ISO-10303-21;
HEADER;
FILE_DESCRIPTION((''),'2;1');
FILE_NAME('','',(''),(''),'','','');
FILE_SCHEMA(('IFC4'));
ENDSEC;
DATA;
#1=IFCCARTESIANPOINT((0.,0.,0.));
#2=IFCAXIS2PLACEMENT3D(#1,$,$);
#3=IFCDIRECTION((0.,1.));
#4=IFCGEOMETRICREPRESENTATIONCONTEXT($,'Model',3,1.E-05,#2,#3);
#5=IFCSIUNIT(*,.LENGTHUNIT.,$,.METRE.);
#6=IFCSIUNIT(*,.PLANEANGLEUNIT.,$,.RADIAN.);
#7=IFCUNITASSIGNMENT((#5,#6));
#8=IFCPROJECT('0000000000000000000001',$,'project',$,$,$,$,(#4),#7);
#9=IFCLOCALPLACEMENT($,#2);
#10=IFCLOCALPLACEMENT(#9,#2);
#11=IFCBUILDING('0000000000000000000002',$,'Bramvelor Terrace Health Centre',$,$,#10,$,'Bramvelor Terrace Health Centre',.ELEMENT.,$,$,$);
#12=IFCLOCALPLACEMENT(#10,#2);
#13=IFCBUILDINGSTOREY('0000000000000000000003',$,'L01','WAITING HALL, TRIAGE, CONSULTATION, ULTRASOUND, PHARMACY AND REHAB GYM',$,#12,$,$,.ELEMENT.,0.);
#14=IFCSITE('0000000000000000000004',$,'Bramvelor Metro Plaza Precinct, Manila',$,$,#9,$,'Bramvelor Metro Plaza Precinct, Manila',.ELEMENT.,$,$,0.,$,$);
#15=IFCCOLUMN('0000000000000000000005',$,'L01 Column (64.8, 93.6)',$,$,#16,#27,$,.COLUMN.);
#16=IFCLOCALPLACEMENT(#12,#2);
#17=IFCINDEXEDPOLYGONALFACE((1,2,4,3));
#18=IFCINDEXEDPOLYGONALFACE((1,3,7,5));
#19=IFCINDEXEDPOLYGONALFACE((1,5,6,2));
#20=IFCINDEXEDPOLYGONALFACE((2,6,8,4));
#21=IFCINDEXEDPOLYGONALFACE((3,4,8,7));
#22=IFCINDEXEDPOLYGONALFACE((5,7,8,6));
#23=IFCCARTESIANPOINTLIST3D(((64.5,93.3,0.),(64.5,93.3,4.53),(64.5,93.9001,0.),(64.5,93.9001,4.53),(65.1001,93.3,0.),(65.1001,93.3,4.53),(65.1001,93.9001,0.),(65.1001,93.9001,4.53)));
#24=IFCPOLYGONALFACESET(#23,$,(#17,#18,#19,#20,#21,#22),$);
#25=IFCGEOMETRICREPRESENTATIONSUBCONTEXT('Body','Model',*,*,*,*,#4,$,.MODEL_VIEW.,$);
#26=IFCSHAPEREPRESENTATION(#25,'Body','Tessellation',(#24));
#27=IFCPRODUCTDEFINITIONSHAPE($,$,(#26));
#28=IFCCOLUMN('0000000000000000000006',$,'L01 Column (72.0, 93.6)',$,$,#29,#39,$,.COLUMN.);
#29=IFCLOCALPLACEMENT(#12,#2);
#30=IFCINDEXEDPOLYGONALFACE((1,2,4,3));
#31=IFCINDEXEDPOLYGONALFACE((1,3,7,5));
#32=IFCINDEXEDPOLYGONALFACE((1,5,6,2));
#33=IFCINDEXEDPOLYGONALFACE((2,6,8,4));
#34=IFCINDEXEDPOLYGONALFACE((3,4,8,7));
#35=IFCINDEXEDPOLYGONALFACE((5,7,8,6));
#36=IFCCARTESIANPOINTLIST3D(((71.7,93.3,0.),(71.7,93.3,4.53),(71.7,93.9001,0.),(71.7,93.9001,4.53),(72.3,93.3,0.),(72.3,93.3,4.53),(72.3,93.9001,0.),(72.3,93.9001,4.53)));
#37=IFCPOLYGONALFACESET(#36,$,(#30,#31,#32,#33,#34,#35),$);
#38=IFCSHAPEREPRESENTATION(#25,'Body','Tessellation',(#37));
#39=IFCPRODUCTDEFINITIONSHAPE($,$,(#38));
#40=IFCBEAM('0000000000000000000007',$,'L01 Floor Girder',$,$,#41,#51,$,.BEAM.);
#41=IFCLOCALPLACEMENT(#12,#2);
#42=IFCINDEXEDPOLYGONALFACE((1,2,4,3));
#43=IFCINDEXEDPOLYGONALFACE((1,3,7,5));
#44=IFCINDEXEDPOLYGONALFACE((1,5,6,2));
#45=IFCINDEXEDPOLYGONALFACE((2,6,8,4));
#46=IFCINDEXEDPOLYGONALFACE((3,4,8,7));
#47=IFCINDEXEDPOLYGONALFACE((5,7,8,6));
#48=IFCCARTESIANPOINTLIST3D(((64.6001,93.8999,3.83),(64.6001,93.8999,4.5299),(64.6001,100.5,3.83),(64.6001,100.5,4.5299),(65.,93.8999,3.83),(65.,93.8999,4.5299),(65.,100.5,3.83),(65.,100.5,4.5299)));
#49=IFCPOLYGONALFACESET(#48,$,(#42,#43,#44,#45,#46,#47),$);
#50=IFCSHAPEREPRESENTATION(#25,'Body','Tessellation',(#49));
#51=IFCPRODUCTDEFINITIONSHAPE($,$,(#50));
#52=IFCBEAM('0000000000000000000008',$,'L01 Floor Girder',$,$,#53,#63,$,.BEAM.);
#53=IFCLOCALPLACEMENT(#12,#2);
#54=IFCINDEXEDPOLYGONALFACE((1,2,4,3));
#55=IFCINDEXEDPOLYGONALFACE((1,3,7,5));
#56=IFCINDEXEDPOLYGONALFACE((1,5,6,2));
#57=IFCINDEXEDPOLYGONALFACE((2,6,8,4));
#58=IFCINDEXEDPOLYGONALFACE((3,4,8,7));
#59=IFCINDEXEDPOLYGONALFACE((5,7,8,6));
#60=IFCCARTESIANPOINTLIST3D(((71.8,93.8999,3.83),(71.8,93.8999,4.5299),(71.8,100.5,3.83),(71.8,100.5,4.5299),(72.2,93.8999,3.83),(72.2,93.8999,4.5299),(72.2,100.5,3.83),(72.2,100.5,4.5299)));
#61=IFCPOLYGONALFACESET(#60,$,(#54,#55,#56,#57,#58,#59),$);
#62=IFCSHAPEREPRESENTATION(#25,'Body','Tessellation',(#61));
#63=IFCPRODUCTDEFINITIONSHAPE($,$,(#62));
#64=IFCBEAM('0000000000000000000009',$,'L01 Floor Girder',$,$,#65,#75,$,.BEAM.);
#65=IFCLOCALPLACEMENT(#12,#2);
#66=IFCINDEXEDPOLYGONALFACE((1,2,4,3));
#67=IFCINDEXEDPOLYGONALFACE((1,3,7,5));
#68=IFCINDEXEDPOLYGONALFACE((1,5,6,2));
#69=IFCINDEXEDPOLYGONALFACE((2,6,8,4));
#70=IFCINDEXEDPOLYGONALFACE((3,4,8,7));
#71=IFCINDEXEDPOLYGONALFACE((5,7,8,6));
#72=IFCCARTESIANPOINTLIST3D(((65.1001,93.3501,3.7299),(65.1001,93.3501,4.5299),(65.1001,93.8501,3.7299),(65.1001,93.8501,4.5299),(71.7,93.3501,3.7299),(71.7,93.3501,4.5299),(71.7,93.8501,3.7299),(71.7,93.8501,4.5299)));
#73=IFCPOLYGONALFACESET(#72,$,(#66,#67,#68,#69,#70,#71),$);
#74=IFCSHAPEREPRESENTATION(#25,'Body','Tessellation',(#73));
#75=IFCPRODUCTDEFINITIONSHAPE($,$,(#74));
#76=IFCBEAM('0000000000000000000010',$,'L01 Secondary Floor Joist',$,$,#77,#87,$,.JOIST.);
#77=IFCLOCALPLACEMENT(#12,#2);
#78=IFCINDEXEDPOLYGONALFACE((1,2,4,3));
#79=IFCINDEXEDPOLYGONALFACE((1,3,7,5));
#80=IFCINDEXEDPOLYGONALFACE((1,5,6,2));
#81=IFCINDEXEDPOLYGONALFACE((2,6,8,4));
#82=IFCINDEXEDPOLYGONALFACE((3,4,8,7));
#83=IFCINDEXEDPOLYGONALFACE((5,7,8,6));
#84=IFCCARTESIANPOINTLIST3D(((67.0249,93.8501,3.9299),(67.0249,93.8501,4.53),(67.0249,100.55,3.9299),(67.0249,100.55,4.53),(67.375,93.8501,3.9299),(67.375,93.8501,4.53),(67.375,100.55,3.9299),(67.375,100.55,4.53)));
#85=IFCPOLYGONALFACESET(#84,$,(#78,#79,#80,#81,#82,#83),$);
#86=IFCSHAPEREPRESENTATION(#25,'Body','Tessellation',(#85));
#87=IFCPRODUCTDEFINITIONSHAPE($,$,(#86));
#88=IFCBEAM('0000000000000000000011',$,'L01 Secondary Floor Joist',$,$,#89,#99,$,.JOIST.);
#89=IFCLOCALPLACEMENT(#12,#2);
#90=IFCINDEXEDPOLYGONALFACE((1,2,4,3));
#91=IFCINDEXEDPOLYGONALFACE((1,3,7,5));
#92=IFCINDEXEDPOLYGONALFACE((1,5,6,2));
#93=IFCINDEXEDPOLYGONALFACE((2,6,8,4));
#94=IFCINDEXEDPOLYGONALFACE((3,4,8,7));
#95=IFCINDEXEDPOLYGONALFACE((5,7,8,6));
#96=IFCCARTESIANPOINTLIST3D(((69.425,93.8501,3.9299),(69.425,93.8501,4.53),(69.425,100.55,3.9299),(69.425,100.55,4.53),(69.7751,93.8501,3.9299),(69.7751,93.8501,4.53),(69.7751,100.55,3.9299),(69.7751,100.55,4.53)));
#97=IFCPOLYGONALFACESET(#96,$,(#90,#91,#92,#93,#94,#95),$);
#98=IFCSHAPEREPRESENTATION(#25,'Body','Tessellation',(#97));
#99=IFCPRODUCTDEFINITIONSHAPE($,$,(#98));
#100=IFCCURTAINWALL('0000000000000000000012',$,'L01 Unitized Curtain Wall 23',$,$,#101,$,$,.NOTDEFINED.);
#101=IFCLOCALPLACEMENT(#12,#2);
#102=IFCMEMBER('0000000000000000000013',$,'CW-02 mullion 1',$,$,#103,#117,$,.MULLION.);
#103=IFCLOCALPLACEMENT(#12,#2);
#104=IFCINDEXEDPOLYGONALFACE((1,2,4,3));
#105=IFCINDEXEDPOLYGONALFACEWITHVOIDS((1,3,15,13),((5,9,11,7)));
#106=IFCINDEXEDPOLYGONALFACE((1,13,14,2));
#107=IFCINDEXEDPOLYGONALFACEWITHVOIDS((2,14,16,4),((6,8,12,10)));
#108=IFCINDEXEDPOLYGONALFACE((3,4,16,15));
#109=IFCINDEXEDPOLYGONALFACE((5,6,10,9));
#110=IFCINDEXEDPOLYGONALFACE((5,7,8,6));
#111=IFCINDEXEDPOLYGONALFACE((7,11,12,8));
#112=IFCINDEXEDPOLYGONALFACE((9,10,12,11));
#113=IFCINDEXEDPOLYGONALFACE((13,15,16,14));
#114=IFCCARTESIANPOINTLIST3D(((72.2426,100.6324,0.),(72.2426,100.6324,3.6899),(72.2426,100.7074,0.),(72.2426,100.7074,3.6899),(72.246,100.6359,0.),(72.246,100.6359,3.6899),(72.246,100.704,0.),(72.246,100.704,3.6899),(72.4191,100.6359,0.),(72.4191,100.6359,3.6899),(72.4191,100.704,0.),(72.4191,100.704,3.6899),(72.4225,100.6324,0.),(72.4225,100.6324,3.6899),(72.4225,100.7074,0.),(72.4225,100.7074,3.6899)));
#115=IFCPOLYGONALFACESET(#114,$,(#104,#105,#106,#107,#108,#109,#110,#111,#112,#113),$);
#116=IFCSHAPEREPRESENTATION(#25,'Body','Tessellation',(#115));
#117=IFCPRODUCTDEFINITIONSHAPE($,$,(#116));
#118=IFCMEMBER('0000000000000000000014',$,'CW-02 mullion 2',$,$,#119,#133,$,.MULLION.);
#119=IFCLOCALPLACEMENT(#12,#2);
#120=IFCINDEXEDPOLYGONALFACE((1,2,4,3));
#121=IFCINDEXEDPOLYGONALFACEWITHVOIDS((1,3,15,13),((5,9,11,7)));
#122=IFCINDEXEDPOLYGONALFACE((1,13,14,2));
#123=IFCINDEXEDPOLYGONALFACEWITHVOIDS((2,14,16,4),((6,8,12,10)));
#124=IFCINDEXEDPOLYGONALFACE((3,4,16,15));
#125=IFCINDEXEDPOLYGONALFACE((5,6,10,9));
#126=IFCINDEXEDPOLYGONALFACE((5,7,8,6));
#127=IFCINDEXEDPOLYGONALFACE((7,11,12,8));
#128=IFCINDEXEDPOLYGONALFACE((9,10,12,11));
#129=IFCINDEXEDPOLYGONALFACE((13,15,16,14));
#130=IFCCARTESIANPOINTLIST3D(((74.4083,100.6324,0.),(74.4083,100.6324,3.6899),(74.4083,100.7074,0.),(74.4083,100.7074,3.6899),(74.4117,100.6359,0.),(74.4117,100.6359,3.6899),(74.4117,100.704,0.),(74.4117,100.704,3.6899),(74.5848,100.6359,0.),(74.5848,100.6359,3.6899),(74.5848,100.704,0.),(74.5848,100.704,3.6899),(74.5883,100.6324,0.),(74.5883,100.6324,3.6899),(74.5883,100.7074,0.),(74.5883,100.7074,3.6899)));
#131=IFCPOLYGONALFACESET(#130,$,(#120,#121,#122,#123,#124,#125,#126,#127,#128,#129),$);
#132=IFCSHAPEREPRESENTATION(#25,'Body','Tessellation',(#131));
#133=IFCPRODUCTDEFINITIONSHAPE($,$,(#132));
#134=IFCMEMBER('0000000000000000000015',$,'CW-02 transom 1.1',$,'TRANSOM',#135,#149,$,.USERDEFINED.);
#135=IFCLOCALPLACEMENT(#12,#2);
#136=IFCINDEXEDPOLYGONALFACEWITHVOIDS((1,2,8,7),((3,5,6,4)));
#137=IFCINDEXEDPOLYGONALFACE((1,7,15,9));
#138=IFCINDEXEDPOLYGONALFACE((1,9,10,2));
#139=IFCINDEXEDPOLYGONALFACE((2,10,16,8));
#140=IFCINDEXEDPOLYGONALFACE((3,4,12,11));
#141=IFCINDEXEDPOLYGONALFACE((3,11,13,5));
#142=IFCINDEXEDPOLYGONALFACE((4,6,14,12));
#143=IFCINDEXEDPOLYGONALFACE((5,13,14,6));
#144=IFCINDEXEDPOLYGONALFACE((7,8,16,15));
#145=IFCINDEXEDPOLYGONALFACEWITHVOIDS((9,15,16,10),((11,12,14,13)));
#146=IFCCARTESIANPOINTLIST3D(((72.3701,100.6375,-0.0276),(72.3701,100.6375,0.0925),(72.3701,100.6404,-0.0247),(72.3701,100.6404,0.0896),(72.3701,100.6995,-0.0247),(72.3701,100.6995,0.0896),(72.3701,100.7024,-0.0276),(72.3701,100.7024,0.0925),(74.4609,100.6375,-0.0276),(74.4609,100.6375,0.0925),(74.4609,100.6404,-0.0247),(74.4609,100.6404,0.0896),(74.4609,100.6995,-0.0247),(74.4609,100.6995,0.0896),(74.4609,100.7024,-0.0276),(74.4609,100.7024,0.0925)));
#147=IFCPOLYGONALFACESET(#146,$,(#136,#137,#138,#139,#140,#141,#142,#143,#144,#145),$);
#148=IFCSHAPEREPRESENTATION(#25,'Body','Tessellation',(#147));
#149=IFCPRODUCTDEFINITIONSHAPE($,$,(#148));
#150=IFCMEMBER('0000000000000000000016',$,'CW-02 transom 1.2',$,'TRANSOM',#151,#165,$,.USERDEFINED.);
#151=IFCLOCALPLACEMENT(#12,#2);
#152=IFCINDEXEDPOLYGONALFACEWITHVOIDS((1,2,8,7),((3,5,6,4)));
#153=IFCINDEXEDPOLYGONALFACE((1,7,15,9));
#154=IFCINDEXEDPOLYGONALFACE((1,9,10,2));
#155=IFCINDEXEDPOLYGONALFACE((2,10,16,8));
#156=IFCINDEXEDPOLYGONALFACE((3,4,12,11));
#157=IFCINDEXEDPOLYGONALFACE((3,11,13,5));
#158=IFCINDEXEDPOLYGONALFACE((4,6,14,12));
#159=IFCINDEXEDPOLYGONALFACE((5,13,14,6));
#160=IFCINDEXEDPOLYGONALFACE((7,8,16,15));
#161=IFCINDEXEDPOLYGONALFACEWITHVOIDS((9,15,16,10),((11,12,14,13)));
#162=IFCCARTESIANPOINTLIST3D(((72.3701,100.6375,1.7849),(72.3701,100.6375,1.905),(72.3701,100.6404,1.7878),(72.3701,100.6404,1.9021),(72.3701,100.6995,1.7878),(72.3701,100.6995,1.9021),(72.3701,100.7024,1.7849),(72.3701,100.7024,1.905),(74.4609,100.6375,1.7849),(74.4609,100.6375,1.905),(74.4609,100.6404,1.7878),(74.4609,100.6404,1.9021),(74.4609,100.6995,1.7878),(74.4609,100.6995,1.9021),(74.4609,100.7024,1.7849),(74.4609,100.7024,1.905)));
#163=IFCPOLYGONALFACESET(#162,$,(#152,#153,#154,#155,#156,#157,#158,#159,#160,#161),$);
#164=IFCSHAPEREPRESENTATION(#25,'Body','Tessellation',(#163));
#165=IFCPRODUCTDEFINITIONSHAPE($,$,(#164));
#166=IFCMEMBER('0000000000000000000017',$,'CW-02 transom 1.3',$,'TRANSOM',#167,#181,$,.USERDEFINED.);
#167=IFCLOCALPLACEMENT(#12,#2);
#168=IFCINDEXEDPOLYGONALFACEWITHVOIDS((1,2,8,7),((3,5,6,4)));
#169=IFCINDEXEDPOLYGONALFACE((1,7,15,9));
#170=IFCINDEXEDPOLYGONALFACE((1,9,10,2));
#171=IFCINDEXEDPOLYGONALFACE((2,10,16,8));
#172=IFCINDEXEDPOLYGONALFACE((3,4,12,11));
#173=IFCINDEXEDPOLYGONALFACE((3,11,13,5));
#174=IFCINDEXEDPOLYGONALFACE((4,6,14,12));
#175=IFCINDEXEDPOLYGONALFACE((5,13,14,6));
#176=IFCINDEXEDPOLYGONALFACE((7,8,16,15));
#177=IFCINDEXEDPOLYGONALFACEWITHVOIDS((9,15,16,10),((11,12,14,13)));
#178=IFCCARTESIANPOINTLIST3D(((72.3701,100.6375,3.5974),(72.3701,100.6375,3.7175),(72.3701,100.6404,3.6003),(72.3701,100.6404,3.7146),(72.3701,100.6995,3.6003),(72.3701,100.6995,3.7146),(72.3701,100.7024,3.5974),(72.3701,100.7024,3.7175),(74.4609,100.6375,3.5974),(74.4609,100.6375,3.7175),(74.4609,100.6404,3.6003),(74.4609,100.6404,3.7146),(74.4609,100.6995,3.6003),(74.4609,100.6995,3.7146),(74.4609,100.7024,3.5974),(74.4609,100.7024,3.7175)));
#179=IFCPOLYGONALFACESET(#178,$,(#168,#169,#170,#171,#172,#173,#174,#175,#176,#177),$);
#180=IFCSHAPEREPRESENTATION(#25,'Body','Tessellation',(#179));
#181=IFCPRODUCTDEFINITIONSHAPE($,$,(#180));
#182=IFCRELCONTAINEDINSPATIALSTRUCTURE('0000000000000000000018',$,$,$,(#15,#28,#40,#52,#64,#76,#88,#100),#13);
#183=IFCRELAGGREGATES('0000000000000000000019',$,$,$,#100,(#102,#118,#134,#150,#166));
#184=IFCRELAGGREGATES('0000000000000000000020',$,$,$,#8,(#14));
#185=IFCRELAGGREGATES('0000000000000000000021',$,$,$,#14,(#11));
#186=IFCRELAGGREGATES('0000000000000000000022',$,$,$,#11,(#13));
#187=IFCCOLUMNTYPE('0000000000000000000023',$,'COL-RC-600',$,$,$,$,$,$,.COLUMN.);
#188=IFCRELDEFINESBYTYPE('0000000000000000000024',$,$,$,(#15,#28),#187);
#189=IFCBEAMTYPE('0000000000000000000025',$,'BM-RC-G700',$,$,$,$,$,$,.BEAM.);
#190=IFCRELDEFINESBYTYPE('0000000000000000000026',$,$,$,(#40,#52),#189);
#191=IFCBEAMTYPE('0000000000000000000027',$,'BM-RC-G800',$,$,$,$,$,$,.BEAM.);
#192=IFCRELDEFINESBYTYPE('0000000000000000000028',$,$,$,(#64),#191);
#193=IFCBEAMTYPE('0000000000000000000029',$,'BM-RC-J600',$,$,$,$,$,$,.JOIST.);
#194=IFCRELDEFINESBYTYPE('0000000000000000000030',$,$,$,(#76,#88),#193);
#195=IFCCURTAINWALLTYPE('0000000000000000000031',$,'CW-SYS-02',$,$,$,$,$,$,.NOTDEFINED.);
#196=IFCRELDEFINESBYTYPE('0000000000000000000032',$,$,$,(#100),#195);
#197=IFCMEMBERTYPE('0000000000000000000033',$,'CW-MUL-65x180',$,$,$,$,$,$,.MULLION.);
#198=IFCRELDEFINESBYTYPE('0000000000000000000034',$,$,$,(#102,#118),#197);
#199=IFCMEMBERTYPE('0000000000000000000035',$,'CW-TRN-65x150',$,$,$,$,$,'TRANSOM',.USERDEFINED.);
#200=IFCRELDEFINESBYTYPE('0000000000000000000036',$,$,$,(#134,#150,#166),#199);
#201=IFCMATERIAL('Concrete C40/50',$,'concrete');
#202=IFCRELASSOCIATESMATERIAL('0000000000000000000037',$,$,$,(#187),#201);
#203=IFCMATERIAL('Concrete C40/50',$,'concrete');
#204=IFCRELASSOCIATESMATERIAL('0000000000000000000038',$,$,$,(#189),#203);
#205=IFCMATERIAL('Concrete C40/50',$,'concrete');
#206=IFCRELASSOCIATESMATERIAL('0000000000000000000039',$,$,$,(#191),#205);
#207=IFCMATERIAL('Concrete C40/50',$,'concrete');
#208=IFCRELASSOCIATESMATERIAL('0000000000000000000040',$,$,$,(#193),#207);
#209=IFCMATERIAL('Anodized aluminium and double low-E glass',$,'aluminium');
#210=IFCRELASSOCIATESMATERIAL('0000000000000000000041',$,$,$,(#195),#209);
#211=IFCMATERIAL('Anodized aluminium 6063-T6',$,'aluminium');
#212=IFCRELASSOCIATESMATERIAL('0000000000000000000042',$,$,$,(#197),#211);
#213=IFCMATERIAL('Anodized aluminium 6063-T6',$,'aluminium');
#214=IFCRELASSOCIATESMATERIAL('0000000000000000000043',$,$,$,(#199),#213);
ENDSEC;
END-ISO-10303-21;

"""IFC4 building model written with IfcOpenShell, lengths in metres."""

from ifc_helpers import new_model, si_unit, direction, frame, origin, origin_2d, place, context, subcontext, project, spatial, rectangle, hollow_rectangle, extrude, material, material_profile, profile_set, type_object, element, aggregate, save


model = new_model("IFC4")

# Units and contexts
model_context = context("Model", 3, precision=1e-05, world=origin(), true_north=direction((0.0, 1.0)))
body_context = subcontext(model_context, "Body", "Model", "MODEL_VIEW")
ifc_project = project(units=[si_unit("LENGTHUNIT", "METRE"), si_unit("PLANEANGLEUNIT", "RADIAN")], contexts=[model_context])

# Site, building, storey
site_placement = place(None, origin())
site = spatial("IfcSite", under=ifc_project, at=site_placement, Name="Bramvelor Metro Plaza Precinct, Manila", LongName="Bramvelor Metro Plaza Precinct, Manila", CompositionType="ELEMENT", RefElevation=0.0)
building_placement = place(site_placement, origin())
building = spatial("IfcBuilding", under=site, at=building_placement, Name="Bramvelor Terrace Health Centre", LongName="Bramvelor Terrace Health Centre", CompositionType="ELEMENT")
storey_placement = place(building_placement, origin())
storey = spatial("IfcBuildingStorey", under=building, at=storey_placement, Name="L01", Description="WAITING HALL, TRIAGE, CONSULTATION, ULTRASOUND, PHARMACY AND REHAB GYM", CompositionType="ELEMENT", Elevation=0.0)

# Columns
ifc_material_1 = material(Name="Concrete C40/50", Category="concrete")
ifc_material_profile_1 = material_profile(ifc_material_1, rectangle(XDim=0.6001, YDim=0.6001, at=origin_2d()), Name="RC 600x600")
ifc_profile_set_1 = profile_set([ifc_material_profile_1], Name="Concrete C40/50")
column_type = type_object("IfcColumnType", Name="COL-RC-600", PredefinedType="COLUMN", material=ifc_profile_set_1)
for number, where, z_axis, x_axis, name in (
    (1, (64.8, 93.6001, 0.0), (0.0, 0.0, 1.0), (1.0, 0.0, 0.0), "L01 Column (64.8, 93.6)"),
    (2, (72.0, 93.6001, 0.0), (0.0, 0.0, 1.0), (1.0, 0.0, 0.0), "L01 Column (72.0, 93.6)"),
):
    element("IfcColumn", number, at=place(storey_placement, frame(where, z_axis=z_axis, x_axis=x_axis)), inside=storey, type_object=column_type, Name=name, PredefinedType="COLUMN", context=body_context, shape_type="SweptSolid", body=[
        extrude(rectangle(XDim=0.6001, YDim=0.6001, at=origin_2d()), origin(), (0.0, 0.0, 1.0), 4.53),
    ])

# Beams
ifc_material_2 = material(Name="Concrete C40/50", Category="concrete")
ifc_material_profile_2 = material_profile(ifc_material_2, rectangle(XDim=0.3999, YDim=0.7, at=origin_2d()), Name="RC 400x700")
ifc_profile_set_2 = profile_set([ifc_material_profile_2], Name="Concrete C40/50")
beam_type_1 = type_object("IfcBeamType", Name="BM-RC-G700", PredefinedType="BEAM", material=ifc_profile_set_2)
for number, where, z_axis, x_axis, name in (
    (3, (64.8, 93.8999, 4.1799), (0.0, 1.0, 0.0), (-1.0, 0.0, 0.0), "L01 Floor Girder"),
    (4, (72.0, 93.8999, 4.1799), (0.0, 1.0, 0.0), (-1.0, 0.0, 0.0), "L01 Floor Girder"),
):
    element("IfcBeam", number, at=place(storey_placement, frame(where, z_axis=z_axis, x_axis=x_axis)), inside=storey, type_object=beam_type_1, Name=name, PredefinedType="BEAM", context=body_context, shape_type="SweptSolid", body=[
        extrude(rectangle(XDim=0.3999, YDim=0.7, at=origin_2d()), origin(), (0.0, 0.0, 1.0), 6.6001),
    ])
ifc_material_3 = material(Name="Concrete C40/50", Category="concrete")
ifc_material_profile_3 = material_profile(ifc_material_3, rectangle(XDim=0.5, YDim=0.8, at=origin_2d()), Name="RC 500x800")
ifc_profile_set_3 = profile_set([ifc_material_profile_3], Name="Concrete C40/50")
beam_type_2 = type_object("IfcBeamType", Name="BM-RC-G800", PredefinedType="BEAM", material=ifc_profile_set_3)
beam_placement = place(storey_placement, frame((65.1001, 93.6001, 4.1299), z_axis=(1.0, 0.0, 0.0), x_axis=(0.0, 1.0, 0.0)))
element("IfcBeam", 5, at=beam_placement, inside=storey, type_object=beam_type_2, Name="L01 Floor Girder", PredefinedType="BEAM", context=body_context, shape_type="SweptSolid", body=[
    extrude(rectangle(XDim=0.5, YDim=0.8, at=origin_2d()), origin(), (0.0, 0.0, 1.0), 6.5999),
])
ifc_material_4 = material(Name="Concrete C40/50", Category="concrete")
ifc_material_profile_4 = material_profile(ifc_material_4, rectangle(XDim=0.3501, YDim=0.6001, at=origin_2d()), Name="RC 350x600")
ifc_profile_set_4 = profile_set([ifc_material_profile_4], Name="Concrete C40/50")
beam_type_3 = type_object("IfcBeamType", Name="BM-RC-J600", PredefinedType="JOIST", material=ifc_profile_set_4)
for number, where, z_axis, x_axis, name in (
    (6, (67.2, 93.8501, 4.23), (0.0, 1.0, 0.0), (-1.0, 0.0, 0.0), "L01 Secondary Floor Joist"),
    (7, (69.6001, 93.8501, 4.23), (0.0, 1.0, 0.0), (-1.0, 0.0, 0.0), "L01 Secondary Floor Joist"),
):
    element("IfcBeam", number, at=place(storey_placement, frame(where, z_axis=z_axis, x_axis=x_axis)), inside=storey, type_object=beam_type_3, Name=name, PredefinedType="JOIST", context=body_context, shape_type="SweptSolid", body=[
        extrude(rectangle(XDim=0.3501, YDim=0.6001, at=origin_2d()), origin(), (0.0, 0.0, 1.0), 6.7),
    ])

# Curtain wall, members
ifc_material_5 = material(Name="Anodized aluminium and double low-E glass", Category="aluminium")
curtain_wall_type = type_object("IfcCurtainWallType", Name="CW-SYS-02", PredefinedType="NOTDEFINED", material=ifc_material_5)
curtain_wall_placement = place(storey_placement, origin())
curtain_wall = element("IfcCurtainWall", 8, at=curtain_wall_placement, inside=storey, type_object=curtain_wall_type, Name="L01 Unitized Curtain Wall 23", PredefinedType="NOTDEFINED")
ifc_material_6 = material(Name="Anodized aluminium 6063-T6", Category="aluminium")
ifc_material_profile_5 = material_profile(ifc_material_6, hollow_rectangle(XDim=0.075, YDim=0.1799, WallThickness=0.0034, at=origin_2d()), Name="ALU-MUL 75x180x3.5")
ifc_profile_set_5 = profile_set([ifc_material_profile_5], Name="Anodized aluminium 6063-T6")
member_type_1 = type_object("IfcMemberType", Name="CW-MUL-65x180", PredefinedType="MULLION", material=ifc_profile_set_5)
member_1_placement = place(storey_placement, frame((72.3325, 100.6699, 0.0), z_axis=(0.0, 0.0, 1.0), x_axis=(0.0, 1.0, 0.0)))
member_1 = element("IfcMember", 9, at=member_1_placement, type_object=member_type_1, Name="CW-02 mullion 1", PredefinedType="MULLION", context=body_context, shape_type="SweptSolid", body=[
    extrude(hollow_rectangle(XDim=0.075, YDim=0.1799, WallThickness=0.0034, at=origin_2d()), origin(), (0.0, 0.0, 1.0), 3.6899),
])
member_2_placement = place(storey_placement, frame((74.4983, 100.6699, 0.0), z_axis=(0.0, 0.0, 1.0), x_axis=(0.0, 1.0, 0.0)))
member_2 = element("IfcMember", 10, at=member_2_placement, type_object=member_type_1, Name="CW-02 mullion 2", PredefinedType="MULLION", context=body_context, shape_type="SweptSolid", body=[
    extrude(hollow_rectangle(XDim=0.075, YDim=0.1799, WallThickness=0.0034, at=origin_2d()), origin(), (0.0, 0.0, 1.0), 3.6899),
])
ifc_material_7 = material(Name="Anodized aluminium 6063-T6", Category="aluminium")
ifc_material_profile_6 = material_profile(ifc_material_7, hollow_rectangle(XDim=0.0649, YDim=0.1201, WallThickness=0.0029, at=origin_2d()), Name="ALU-TRN 65x120x3.0")
ifc_profile_set_6 = profile_set([ifc_material_profile_6], Name="Anodized aluminium 6063-T6")
member_type_2 = type_object("IfcMemberType", Name="CW-TRN-65x150", ElementType="TRANSOM", PredefinedType="USERDEFINED", material=ifc_profile_set_6)
member_3_placement = place(storey_placement, frame((72.3701, 100.6699, 0.0325), z_axis=(1.0, 0.0, 0.0), x_axis=(0.0, 1.0, 0.0)))
member_3 = element("IfcMember", 11, at=member_3_placement, type_object=member_type_2, Name="CW-02 transom 1.1", ObjectType="TRANSOM", PredefinedType="USERDEFINED", context=body_context, shape_type="SweptSolid", body=[
    extrude(hollow_rectangle(XDim=0.0649, YDim=0.1201, WallThickness=0.0029, at=origin_2d()), origin(), (0.0, 0.0, 1.0), 2.0908),
])
member_4_placement = place(storey_placement, frame((72.3701, 100.6699, 1.845), z_axis=(1.0, 0.0, 0.0), x_axis=(0.0, 1.0, 0.0)))
member_4 = element("IfcMember", 12, at=member_4_placement, type_object=member_type_2, Name="CW-02 transom 1.2", ObjectType="TRANSOM", PredefinedType="USERDEFINED", context=body_context, shape_type="SweptSolid", body=[
    extrude(hollow_rectangle(XDim=0.0649, YDim=0.1201, WallThickness=0.0029, at=origin_2d()), origin(), (0.0, 0.0, 1.0), 2.0908),
])
member_5_placement = place(storey_placement, frame((72.3701, 100.6699, 3.6575), z_axis=(1.0, 0.0, 0.0), x_axis=(0.0, 1.0, 0.0)))
member_5 = element("IfcMember", 13, at=member_5_placement, type_object=member_type_2, Name="CW-02 transom 1.3", ObjectType="TRANSOM", PredefinedType="USERDEFINED", context=body_context, shape_type="SweptSolid", body=[
    extrude(hollow_rectangle(XDim=0.0649, YDim=0.1201, WallThickness=0.0029, at=origin_2d()), origin(), (0.0, 0.0, 1.0), 2.0908),
])
aggregate(curtain_wall, [member_1, member_2, member_3, member_4, member_5])

save(model, "model.ifc")
